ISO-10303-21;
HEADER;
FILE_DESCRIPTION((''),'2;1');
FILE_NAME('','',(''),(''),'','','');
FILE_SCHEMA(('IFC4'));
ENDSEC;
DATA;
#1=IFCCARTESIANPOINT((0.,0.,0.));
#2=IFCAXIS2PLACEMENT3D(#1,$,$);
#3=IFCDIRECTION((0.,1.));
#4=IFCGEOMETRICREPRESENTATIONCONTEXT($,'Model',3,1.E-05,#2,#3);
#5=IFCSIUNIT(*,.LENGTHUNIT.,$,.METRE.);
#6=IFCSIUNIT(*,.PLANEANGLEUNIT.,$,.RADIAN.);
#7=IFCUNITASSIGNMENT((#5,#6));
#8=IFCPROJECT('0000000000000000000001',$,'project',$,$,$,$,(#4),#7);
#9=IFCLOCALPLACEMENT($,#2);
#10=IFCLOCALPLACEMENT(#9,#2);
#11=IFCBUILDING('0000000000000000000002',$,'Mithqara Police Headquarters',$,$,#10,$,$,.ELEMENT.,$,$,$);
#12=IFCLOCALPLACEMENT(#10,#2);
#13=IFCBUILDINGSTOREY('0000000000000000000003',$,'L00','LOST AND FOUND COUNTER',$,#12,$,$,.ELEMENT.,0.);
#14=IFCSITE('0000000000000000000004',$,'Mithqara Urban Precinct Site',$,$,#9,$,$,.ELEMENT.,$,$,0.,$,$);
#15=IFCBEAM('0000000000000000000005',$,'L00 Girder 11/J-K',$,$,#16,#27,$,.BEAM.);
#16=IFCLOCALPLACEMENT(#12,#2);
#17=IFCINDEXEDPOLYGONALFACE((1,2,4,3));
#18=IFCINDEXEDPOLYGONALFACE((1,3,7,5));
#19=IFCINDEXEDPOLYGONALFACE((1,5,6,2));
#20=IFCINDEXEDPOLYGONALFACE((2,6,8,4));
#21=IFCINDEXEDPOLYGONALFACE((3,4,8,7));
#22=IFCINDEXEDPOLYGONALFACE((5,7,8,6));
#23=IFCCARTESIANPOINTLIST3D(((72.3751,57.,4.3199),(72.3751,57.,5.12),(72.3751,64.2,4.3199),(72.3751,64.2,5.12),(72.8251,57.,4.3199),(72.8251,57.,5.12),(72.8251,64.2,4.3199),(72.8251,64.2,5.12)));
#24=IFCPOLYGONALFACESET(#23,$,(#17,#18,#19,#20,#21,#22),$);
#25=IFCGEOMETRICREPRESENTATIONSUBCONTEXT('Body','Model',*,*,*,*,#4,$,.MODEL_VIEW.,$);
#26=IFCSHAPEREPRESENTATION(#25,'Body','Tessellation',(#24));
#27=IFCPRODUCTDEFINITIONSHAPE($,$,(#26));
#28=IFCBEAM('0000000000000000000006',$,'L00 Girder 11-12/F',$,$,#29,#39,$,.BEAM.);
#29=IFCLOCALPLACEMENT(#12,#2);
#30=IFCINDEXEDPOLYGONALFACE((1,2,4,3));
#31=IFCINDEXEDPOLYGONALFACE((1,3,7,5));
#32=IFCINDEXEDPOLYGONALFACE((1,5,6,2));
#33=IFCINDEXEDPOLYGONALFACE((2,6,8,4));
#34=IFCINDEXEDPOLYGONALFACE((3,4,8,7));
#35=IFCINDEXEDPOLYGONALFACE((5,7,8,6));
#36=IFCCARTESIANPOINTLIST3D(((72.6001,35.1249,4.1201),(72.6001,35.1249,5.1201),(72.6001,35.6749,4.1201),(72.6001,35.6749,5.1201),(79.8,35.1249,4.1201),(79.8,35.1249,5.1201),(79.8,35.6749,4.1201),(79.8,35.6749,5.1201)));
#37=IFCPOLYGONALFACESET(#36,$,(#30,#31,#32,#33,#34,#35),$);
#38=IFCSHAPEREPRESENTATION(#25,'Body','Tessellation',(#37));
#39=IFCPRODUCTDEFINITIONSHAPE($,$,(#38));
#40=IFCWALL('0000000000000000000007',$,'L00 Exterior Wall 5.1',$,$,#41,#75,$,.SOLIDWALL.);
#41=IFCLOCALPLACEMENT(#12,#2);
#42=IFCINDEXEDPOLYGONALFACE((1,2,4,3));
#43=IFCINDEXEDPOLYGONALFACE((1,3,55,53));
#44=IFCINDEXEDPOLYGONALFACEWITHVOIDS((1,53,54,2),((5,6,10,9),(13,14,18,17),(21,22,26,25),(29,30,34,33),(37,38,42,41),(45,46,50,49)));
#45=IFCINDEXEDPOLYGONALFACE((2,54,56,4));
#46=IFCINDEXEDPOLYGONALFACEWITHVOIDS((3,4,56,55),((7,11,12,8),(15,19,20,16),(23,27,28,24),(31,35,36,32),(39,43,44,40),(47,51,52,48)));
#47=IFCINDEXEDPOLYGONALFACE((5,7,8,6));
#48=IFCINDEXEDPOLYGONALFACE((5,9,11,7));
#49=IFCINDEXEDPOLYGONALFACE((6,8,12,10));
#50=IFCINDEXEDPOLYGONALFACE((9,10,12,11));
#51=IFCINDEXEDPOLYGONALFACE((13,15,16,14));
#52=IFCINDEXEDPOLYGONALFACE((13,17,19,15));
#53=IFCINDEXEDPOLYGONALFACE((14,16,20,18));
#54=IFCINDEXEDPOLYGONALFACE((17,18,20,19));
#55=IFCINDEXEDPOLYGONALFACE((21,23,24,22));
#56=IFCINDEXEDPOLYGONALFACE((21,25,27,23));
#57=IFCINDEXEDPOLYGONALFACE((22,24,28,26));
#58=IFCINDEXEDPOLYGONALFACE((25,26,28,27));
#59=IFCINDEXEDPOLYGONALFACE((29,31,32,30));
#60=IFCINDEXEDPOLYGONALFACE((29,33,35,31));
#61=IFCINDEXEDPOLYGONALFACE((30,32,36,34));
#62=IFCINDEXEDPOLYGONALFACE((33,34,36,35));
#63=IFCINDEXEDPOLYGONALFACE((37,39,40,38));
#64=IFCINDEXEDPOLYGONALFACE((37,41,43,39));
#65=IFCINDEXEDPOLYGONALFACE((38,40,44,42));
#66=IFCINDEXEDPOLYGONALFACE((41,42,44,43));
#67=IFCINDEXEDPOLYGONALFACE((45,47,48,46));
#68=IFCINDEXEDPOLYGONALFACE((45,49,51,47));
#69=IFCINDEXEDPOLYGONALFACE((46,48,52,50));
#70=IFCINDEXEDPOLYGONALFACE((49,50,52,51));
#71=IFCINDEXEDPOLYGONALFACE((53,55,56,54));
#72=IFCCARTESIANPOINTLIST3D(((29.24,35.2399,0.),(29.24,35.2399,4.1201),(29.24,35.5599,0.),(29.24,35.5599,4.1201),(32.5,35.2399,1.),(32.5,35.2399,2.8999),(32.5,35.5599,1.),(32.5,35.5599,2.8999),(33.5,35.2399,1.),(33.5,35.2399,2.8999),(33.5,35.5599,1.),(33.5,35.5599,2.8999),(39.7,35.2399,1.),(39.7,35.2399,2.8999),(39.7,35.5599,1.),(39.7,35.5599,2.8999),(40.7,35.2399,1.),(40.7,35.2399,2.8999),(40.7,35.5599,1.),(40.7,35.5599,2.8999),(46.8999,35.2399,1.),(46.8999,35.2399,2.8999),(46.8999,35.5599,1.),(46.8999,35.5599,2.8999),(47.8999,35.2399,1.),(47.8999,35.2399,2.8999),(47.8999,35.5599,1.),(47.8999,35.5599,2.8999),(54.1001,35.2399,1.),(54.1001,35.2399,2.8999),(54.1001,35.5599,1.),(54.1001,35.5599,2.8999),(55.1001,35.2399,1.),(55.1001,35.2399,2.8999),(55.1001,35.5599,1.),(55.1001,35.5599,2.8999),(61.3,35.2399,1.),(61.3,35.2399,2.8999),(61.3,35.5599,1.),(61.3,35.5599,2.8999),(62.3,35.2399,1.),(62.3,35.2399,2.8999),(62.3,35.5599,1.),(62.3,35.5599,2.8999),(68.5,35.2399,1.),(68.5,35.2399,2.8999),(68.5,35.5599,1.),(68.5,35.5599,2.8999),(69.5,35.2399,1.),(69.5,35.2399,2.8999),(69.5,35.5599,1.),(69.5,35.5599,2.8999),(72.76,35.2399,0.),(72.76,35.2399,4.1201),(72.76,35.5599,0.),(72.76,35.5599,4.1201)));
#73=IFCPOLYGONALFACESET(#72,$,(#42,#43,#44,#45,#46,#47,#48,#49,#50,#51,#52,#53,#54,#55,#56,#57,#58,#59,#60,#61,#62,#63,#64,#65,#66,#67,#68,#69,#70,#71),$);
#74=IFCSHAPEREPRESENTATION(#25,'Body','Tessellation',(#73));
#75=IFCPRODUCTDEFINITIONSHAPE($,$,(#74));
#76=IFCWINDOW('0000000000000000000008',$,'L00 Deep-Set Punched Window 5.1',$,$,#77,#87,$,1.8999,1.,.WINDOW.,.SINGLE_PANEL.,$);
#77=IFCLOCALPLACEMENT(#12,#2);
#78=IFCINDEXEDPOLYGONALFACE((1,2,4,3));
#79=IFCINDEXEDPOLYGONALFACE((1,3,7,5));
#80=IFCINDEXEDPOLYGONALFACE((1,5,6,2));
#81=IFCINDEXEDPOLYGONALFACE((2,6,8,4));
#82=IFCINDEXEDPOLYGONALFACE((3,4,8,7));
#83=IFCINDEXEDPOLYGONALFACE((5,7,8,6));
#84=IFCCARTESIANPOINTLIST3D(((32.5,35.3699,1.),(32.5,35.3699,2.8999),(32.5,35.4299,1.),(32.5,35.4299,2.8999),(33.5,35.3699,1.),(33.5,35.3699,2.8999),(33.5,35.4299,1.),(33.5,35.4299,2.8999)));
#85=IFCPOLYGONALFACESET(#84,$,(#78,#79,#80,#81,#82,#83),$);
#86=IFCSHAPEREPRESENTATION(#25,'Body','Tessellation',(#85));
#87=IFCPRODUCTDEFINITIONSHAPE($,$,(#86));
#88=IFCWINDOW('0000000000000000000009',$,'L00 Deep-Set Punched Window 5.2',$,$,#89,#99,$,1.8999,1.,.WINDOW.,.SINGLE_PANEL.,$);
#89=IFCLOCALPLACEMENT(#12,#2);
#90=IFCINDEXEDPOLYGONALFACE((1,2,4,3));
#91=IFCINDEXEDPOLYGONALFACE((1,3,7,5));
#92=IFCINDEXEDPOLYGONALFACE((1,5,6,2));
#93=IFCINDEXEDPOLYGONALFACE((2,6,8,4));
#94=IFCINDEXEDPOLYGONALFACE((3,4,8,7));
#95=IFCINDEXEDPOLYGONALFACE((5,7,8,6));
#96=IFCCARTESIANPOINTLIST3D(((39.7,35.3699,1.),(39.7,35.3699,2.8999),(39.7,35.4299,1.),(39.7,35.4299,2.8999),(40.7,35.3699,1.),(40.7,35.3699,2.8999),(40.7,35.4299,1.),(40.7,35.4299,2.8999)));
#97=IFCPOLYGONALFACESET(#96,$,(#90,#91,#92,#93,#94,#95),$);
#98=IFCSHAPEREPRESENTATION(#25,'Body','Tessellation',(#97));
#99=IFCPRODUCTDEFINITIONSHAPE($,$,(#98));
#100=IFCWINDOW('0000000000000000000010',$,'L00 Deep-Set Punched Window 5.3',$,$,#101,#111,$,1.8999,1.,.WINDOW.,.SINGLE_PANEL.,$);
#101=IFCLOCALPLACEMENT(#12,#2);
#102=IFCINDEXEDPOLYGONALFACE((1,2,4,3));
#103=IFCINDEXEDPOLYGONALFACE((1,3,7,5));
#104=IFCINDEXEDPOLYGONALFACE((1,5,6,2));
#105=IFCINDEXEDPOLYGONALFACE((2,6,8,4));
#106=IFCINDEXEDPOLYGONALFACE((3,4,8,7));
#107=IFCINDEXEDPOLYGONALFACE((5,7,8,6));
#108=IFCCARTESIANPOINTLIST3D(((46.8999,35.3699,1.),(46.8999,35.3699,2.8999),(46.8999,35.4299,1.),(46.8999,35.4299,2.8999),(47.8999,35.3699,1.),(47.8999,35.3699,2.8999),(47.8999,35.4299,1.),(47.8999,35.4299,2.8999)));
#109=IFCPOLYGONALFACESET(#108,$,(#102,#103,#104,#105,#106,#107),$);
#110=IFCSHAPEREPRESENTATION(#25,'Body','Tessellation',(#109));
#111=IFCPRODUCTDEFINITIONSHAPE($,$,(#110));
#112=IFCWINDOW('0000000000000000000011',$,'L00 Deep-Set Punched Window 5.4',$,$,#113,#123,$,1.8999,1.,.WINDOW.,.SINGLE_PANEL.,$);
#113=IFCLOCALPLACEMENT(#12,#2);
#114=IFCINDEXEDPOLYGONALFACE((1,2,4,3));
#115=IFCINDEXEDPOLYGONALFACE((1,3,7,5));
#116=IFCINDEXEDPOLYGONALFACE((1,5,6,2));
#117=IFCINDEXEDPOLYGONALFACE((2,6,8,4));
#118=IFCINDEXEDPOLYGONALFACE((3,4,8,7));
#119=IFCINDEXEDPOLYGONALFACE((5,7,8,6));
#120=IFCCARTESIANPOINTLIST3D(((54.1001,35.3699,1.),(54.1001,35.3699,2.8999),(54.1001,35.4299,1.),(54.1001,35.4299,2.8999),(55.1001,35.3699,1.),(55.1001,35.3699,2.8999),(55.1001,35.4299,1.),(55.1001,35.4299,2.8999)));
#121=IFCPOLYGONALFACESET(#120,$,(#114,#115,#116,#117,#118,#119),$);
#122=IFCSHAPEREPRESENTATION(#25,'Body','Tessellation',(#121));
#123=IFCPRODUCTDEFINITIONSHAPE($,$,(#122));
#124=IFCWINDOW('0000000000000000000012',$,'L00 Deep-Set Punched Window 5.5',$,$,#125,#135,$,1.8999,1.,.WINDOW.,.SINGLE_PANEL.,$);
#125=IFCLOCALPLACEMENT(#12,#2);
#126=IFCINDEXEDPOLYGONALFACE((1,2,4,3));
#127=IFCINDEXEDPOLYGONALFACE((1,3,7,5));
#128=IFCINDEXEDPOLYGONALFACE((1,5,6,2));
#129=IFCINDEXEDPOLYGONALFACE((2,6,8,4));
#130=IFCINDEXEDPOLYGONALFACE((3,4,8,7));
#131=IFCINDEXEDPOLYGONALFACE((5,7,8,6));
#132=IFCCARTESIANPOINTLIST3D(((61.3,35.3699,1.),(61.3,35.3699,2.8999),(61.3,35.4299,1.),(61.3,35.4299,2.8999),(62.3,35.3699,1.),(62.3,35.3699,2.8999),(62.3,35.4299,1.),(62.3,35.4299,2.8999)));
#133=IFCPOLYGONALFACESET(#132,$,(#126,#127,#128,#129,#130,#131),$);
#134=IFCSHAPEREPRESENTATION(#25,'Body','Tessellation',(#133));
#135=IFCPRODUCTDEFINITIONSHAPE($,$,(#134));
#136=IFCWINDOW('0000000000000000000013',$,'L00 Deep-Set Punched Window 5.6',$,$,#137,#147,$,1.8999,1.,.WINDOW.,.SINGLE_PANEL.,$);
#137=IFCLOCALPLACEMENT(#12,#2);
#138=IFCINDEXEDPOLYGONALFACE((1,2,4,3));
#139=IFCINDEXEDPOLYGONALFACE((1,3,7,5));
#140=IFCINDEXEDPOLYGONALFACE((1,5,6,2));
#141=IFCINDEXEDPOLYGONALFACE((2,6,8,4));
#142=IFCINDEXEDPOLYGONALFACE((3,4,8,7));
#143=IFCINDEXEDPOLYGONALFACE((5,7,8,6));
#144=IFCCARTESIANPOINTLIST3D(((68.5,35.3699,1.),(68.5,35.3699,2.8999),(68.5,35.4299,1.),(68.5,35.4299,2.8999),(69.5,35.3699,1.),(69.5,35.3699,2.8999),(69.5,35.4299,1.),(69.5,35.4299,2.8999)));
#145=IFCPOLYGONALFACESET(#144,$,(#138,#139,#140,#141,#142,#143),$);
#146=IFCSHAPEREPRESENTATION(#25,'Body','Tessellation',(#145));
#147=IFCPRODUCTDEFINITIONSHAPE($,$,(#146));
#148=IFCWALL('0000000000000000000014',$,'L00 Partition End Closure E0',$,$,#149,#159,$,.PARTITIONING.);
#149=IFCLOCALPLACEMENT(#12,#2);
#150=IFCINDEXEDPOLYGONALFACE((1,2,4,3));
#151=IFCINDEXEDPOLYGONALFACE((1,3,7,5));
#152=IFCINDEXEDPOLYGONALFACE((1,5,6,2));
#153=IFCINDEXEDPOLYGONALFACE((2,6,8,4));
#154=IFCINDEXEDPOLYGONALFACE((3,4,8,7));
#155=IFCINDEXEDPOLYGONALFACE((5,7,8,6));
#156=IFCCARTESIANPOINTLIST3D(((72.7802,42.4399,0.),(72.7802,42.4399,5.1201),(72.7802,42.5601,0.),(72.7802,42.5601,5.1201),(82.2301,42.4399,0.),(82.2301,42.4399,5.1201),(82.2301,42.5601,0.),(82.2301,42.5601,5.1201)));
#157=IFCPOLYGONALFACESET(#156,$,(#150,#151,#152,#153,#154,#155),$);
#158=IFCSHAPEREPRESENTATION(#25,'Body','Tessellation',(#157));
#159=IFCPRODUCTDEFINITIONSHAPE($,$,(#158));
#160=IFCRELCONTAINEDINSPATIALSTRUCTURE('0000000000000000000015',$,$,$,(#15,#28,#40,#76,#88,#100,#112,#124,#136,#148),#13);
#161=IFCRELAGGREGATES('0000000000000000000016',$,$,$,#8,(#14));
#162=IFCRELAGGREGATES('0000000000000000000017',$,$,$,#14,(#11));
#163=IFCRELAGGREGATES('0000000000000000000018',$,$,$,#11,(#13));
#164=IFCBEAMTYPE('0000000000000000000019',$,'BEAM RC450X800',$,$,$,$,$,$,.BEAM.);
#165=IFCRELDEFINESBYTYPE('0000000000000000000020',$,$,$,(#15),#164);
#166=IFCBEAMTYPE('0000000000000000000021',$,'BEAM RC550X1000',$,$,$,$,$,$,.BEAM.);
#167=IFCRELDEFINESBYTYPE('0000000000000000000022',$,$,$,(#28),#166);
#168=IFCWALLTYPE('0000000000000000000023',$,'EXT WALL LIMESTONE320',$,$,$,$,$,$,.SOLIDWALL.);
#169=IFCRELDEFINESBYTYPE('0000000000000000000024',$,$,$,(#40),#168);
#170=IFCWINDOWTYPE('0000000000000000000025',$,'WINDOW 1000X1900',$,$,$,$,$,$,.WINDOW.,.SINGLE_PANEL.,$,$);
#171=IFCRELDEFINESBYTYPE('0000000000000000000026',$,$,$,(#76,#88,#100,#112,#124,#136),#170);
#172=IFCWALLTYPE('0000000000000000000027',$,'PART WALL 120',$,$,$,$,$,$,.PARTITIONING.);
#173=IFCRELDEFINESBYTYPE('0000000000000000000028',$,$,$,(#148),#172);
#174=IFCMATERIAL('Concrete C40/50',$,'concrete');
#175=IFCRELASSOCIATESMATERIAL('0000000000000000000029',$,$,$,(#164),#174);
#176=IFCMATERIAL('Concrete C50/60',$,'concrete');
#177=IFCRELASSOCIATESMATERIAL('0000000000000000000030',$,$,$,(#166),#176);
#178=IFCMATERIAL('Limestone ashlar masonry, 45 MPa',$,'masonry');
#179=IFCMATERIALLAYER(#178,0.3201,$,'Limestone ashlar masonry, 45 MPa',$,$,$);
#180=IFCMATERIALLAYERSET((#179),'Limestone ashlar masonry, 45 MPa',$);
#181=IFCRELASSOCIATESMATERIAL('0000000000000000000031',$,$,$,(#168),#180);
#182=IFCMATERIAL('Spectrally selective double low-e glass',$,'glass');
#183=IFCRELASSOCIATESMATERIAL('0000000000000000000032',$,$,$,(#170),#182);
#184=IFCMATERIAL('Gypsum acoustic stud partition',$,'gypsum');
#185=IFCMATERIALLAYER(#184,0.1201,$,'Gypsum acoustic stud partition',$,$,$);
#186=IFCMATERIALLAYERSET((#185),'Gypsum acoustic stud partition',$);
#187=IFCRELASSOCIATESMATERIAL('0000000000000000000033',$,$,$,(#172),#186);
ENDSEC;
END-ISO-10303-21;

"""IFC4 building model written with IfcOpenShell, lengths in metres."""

from ifc_helpers import new_model, si_unit, direction, frame, frame_2d, origin, origin_2d, place, context, subcontext, project, spatial, rectangle, extrude, material, layer, layer_set, material_profile, profile_set, type_object, element, fill, save


model = new_model("IFC4")

# Units and contexts
model_context = context("Model", 3, precision=1e-05, world=origin(), true_north=direction((0.0, 1.0)))
body_context = subcontext(model_context, "Body", "Model", "MODEL_VIEW")
ifc_project = project(units=[si_unit("LENGTHUNIT", "METRE"), si_unit("PLANEANGLEUNIT", "RADIAN")], contexts=[model_context])

# Site, building, storey
site_placement = place(None, origin())
site = spatial("IfcSite", under=ifc_project, at=site_placement, Name="Mithqara Urban Precinct Site", CompositionType="ELEMENT", RefElevation=0.0)
building_placement = place(site_placement, origin())
building = spatial("IfcBuilding", under=site, at=building_placement, Name="Mithqara Police Headquarters", CompositionType="ELEMENT")
storey_placement = place(building_placement, origin())
storey = spatial("IfcBuildingStorey", under=building, at=storey_placement, Name="L00", Description="LOST AND FOUND COUNTER", CompositionType="ELEMENT", Elevation=0.0)

# Shared definitions
ifc_material_1 = material(Name="Concrete C50/60", Category="concrete")

# Beams
ifc_material_2 = material(Name="Concrete C40/50", Category="concrete")
ifc_material_profile_1 = material_profile(ifc_material_2, rectangle(XDim=0.45, YDim=0.8, at=origin_2d()), Name="RC 450x800")
ifc_profile_set_1 = profile_set([ifc_material_profile_1], Name="Concrete C40/50")
beam_type_1 = type_object("IfcBeamType", Name="BEAM RC450X800", PredefinedType="BEAM", material=ifc_profile_set_1)
beam_1_placement = place(storey_placement, frame((72.6001, 57.0, 4.72), z_axis=(0.0, 1.0, 0.0), x_axis=(-1.0, 0.0, 0.0)))
element("IfcBeam", 1, at=beam_1_placement, inside=storey, type_object=beam_type_1, Name="L00 Girder 11/J-K", PredefinedType="BEAM", context=body_context, shape_type="SweptSolid", body=[
    extrude(rectangle(XDim=0.45, YDim=0.8, at=origin_2d()), origin(), (0.0, 0.0, 1.0), 7.2),
])
ifc_material_profile_2 = material_profile(ifc_material_1, rectangle(XDim=0.55, YDim=1.0, at=origin_2d()), Name="RC 550x1000")
ifc_profile_set_2 = profile_set([ifc_material_profile_2], Name="Concrete C50/60")
beam_type_2 = type_object("IfcBeamType", Name="BEAM RC550X1000", PredefinedType="BEAM", material=ifc_profile_set_2)
beam_2_placement = place(storey_placement, frame((72.6001, 35.3999, 4.6201), z_axis=(1.0, 0.0, 0.0), x_axis=(0.0, 1.0, 0.0)))
element("IfcBeam", 2, at=beam_2_placement, inside=storey, type_object=beam_type_2, Name="L00 Girder 11-12/F", PredefinedType="BEAM", context=body_context, shape_type="SweptSolid", body=[
    extrude(rectangle(XDim=0.55, YDim=1.0, at=origin_2d()), origin(), (0.0, 0.0, 1.0), 7.2),
])

# Wall, openings, windows
ifc_material_3 = material(Name="Limestone ashlar masonry, 45 MPa", Category="masonry")
ifc_layer_1 = layer(ifc_material_3, 0.3201, Name="Limestone ashlar masonry, 45 MPa")
ifc_layer_set_1 = layer_set([ifc_layer_1], Name="Limestone ashlar masonry, 45 MPa")
wall_type_1 = type_object("IfcWallType", Name="EXT WALL LIMESTONE320", PredefinedType="SOLIDWALL", material=ifc_layer_set_1)
wall_1_placement = place(storey_placement, frame((72.76, 35.3999, 0.0), z_axis=(0.0, 0.0, 1.0), x_axis=(-1.0, 0.0, 0.0)))
wall_1 = element("IfcWall", 3, at=wall_1_placement, inside=storey, type_object=wall_type_1, Name="L00 Exterior Wall 5.1", PredefinedType="SOLIDWALL", context=body_context, shape_type="SweptSolid", body=[
    extrude(rectangle(XDim=43.52, YDim=0.3201, at=frame_2d((21.76, 0.0))), origin(), (0.0, 0.0, 1.0), 4.1201),
])
opening_1_placement = place(wall_1_placement, frame((39.26, 0.0, 1.0)))
opening_1 = element("IfcOpeningElement", 4, at=opening_1_placement, cuts=wall_1, PredefinedType="OPENING", context=body_context, shape_type="SweptSolid", body=[
    extrude(rectangle(XDim=1.0, YDim=1.8999, at=frame_2d((0.5, 0.95))), frame((0.0, 0.1699, 0.0), z_axis=(0.0, -1.0, 0.0), x_axis=(1.0, 0.0, 0.0)), (0.0, 0.0, 1.0), 0.3401),
])
opening_2_placement = place(wall_1_placement, frame((32.0601, 0.0, 1.0)))
opening_2 = element("IfcOpeningElement", 5, at=opening_2_placement, cuts=wall_1, PredefinedType="OPENING", context=body_context, shape_type="SweptSolid", body=[
    extrude(rectangle(XDim=1.0, YDim=1.8999, at=frame_2d((0.5, 0.95))), frame((0.0, 0.1699, 0.0), z_axis=(0.0, -1.0, 0.0), x_axis=(1.0, 0.0, 0.0)), (0.0, 0.0, 1.0), 0.3401),
])
opening_3_placement = place(wall_1_placement, frame((24.8601, 0.0, 1.0)))
opening_3 = element("IfcOpeningElement", 6, at=opening_3_placement, cuts=wall_1, PredefinedType="OPENING", context=body_context, shape_type="SweptSolid", body=[
    extrude(rectangle(XDim=1.0, YDim=1.8999, at=frame_2d((0.5, 0.95))), frame((0.0, 0.1699, 0.0), z_axis=(0.0, -1.0, 0.0), x_axis=(1.0, 0.0, 0.0)), (0.0, 0.0, 1.0), 0.3401),
])
opening_4_placement = place(wall_1_placement, frame((17.6599, 0.0, 1.0)))
opening_4 = element("IfcOpeningElement", 7, at=opening_4_placement, cuts=wall_1, PredefinedType="OPENING", context=body_context, shape_type="SweptSolid", body=[
    extrude(rectangle(XDim=1.0, YDim=1.8999, at=frame_2d((0.5, 0.95))), frame((0.0, 0.1699, 0.0), z_axis=(0.0, -1.0, 0.0), x_axis=(1.0, 0.0, 0.0)), (0.0, 0.0, 1.0), 0.3401),
])
opening_5_placement = place(wall_1_placement, frame((10.46, 0.0, 1.0)))
opening_5 = element("IfcOpeningElement", 8, at=opening_5_placement, cuts=wall_1, PredefinedType="OPENING", context=body_context, shape_type="SweptSolid", body=[
    extrude(rectangle(XDim=1.0, YDim=1.8999, at=frame_2d((0.5, 0.95))), frame((0.0, 0.1699, 0.0), z_axis=(0.0, -1.0, 0.0), x_axis=(1.0, 0.0, 0.0)), (0.0, 0.0, 1.0), 0.3401),
])
opening_6_placement = place(wall_1_placement, frame((3.26, 0.0, 1.0)))
opening_6 = element("IfcOpeningElement", 9, at=opening_6_placement, cuts=wall_1, PredefinedType="OPENING", context=body_context, shape_type="SweptSolid", body=[
    extrude(rectangle(XDim=1.0, YDim=1.8999, at=frame_2d((0.5, 0.95))), frame((0.0, 0.1699, 0.0), z_axis=(0.0, -1.0, 0.0), x_axis=(1.0, 0.0, 0.0)), (0.0, 0.0, 1.0), 0.3401),
])
ifc_material_4 = material(Name="Spectrally selective double low-e glass", Category="glass")
window_type = type_object("IfcWindowType", Name="WINDOW 1000X1900", PartitioningType="SINGLE_PANEL", PredefinedType="WINDOW", material=ifc_material_4)
window_1_placement = place(opening_1_placement, origin())
window_1 = element("IfcWindow", 10, at=window_1_placement, inside=storey, type_object=window_type, Name="L00 Deep-Set Punched Window 5.1", OverallHeight=1.8999, OverallWidth=1.0, PartitioningType="SINGLE_PANEL", PredefinedType="WINDOW", context=body_context, shape_type="SweptSolid", body=[
    extrude(rectangle(XDim=1.0, YDim=1.8999, at=frame_2d((0.5, 0.95))), frame((0.0, 0.03, 0.0), z_axis=(0.0, -1.0, 0.0), x_axis=(1.0, 0.0, 0.0)), (0.0, 0.0, 1.0), 0.0601),
])
fill(opening_1, window_1)
window_2_placement = place(opening_2_placement, origin())
window_2 = element("IfcWindow", 11, at=window_2_placement, inside=storey, type_object=window_type, Name="L00 Deep-Set Punched Window 5.2", OverallHeight=1.8999, OverallWidth=1.0, PartitioningType="SINGLE_PANEL", PredefinedType="WINDOW", context=body_context, shape_type="SweptSolid", body=[
    extrude(rectangle(XDim=1.0, YDim=1.8999, at=frame_2d((0.5, 0.95))), frame((0.0, 0.03, 0.0), z_axis=(0.0, -1.0, 0.0), x_axis=(1.0, 0.0, 0.0)), (0.0, 0.0, 1.0), 0.0601),
])
fill(opening_2, window_2)
window_3_placement = place(opening_3_placement, origin())
window_3 = element("IfcWindow", 12, at=window_3_placement, inside=storey, type_object=window_type, Name="L00 Deep-Set Punched Window 5.3", OverallHeight=1.8999, OverallWidth=1.0, PartitioningType="SINGLE_PANEL", PredefinedType="WINDOW", context=body_context, shape_type="SweptSolid", body=[
    extrude(rectangle(XDim=1.0, YDim=1.8999, at=frame_2d((0.5, 0.95))), frame((0.0, 0.03, 0.0), z_axis=(0.0, -1.0, 0.0), x_axis=(1.0, 0.0, 0.0)), (0.0, 0.0, 1.0), 0.0601),
])
fill(opening_3, window_3)
window_4_placement = place(opening_4_placement, origin())
window_4 = element("IfcWindow", 13, at=window_4_placement, inside=storey, type_object=window_type, Name="L00 Deep-Set Punched Window 5.4", OverallHeight=1.8999, OverallWidth=1.0, PartitioningType="SINGLE_PANEL", PredefinedType="WINDOW", context=body_context, shape_type="SweptSolid", body=[
    extrude(rectangle(XDim=1.0, YDim=1.8999, at=frame_2d((0.5, 0.95))), frame((0.0, 0.03, 0.0), z_axis=(0.0, -1.0, 0.0), x_axis=(1.0, 0.0, 0.0)), (0.0, 0.0, 1.0), 0.0601),
])
fill(opening_4, window_4)
window_5_placement = place(opening_5_placement, origin())
window_5 = element("IfcWindow", 14, at=window_5_placement, inside=storey, type_object=window_type, Name="L00 Deep-Set Punched Window 5.5", OverallHeight=1.8999, OverallWidth=1.0, PartitioningType="SINGLE_PANEL", PredefinedType="WINDOW", context=body_context, shape_type="SweptSolid", body=[
    extrude(rectangle(XDim=1.0, YDim=1.8999, at=frame_2d((0.5, 0.95))), frame((0.0, 0.03, 0.0), z_axis=(0.0, -1.0, 0.0), x_axis=(1.0, 0.0, 0.0)), (0.0, 0.0, 1.0), 0.0601),
])
fill(opening_5, window_5)
window_6_placement = place(opening_6_placement, origin())
window_6 = element("IfcWindow", 15, at=window_6_placement, inside=storey, type_object=window_type, Name="L00 Deep-Set Punched Window 5.6", OverallHeight=1.8999, OverallWidth=1.0, PartitioningType="SINGLE_PANEL", PredefinedType="WINDOW", context=body_context, shape_type="SweptSolid", body=[
    extrude(rectangle(XDim=1.0, YDim=1.8999, at=frame_2d((0.5, 0.95))), frame((0.0, 0.03, 0.0), z_axis=(0.0, -1.0, 0.0), x_axis=(1.0, 0.0, 0.0)), (0.0, 0.0, 1.0), 0.0601),
])
fill(opening_6, window_6)

# Wall
ifc_material_5 = material(Name="Gypsum acoustic stud partition", Category="gypsum")
ifc_layer_2 = layer(ifc_material_5, 0.1201, Name="Gypsum acoustic stud partition")
ifc_layer_set_2 = layer_set([ifc_layer_2], Name="Gypsum acoustic stud partition")
wall_type_2 = type_object("IfcWallType", Name="PART WALL 120", PredefinedType="PARTITIONING", material=ifc_layer_set_2)
for number, where, z_axis, x_axis, name in (
    (16, (72.78, 42.5, 0.0), (0.0, 0.0, 1.0), (1.0, 0.0, 0.0), "L00 Partition End Closure E0"),
):
    element("IfcWall", number, at=place(storey_placement, frame(where, z_axis=z_axis, x_axis=x_axis)), inside=storey, type_object=wall_type_2, Name=name, PredefinedType="PARTITIONING", context=body_context, shape_type="SweptSolid", body=[
        extrude(rectangle(XDim=9.45, YDim=0.1201, at=frame_2d((4.7251, 0.0))), origin(), (0.0, 0.0, 1.0), 5.1201),
    ])

save(model, "model.ifc")
